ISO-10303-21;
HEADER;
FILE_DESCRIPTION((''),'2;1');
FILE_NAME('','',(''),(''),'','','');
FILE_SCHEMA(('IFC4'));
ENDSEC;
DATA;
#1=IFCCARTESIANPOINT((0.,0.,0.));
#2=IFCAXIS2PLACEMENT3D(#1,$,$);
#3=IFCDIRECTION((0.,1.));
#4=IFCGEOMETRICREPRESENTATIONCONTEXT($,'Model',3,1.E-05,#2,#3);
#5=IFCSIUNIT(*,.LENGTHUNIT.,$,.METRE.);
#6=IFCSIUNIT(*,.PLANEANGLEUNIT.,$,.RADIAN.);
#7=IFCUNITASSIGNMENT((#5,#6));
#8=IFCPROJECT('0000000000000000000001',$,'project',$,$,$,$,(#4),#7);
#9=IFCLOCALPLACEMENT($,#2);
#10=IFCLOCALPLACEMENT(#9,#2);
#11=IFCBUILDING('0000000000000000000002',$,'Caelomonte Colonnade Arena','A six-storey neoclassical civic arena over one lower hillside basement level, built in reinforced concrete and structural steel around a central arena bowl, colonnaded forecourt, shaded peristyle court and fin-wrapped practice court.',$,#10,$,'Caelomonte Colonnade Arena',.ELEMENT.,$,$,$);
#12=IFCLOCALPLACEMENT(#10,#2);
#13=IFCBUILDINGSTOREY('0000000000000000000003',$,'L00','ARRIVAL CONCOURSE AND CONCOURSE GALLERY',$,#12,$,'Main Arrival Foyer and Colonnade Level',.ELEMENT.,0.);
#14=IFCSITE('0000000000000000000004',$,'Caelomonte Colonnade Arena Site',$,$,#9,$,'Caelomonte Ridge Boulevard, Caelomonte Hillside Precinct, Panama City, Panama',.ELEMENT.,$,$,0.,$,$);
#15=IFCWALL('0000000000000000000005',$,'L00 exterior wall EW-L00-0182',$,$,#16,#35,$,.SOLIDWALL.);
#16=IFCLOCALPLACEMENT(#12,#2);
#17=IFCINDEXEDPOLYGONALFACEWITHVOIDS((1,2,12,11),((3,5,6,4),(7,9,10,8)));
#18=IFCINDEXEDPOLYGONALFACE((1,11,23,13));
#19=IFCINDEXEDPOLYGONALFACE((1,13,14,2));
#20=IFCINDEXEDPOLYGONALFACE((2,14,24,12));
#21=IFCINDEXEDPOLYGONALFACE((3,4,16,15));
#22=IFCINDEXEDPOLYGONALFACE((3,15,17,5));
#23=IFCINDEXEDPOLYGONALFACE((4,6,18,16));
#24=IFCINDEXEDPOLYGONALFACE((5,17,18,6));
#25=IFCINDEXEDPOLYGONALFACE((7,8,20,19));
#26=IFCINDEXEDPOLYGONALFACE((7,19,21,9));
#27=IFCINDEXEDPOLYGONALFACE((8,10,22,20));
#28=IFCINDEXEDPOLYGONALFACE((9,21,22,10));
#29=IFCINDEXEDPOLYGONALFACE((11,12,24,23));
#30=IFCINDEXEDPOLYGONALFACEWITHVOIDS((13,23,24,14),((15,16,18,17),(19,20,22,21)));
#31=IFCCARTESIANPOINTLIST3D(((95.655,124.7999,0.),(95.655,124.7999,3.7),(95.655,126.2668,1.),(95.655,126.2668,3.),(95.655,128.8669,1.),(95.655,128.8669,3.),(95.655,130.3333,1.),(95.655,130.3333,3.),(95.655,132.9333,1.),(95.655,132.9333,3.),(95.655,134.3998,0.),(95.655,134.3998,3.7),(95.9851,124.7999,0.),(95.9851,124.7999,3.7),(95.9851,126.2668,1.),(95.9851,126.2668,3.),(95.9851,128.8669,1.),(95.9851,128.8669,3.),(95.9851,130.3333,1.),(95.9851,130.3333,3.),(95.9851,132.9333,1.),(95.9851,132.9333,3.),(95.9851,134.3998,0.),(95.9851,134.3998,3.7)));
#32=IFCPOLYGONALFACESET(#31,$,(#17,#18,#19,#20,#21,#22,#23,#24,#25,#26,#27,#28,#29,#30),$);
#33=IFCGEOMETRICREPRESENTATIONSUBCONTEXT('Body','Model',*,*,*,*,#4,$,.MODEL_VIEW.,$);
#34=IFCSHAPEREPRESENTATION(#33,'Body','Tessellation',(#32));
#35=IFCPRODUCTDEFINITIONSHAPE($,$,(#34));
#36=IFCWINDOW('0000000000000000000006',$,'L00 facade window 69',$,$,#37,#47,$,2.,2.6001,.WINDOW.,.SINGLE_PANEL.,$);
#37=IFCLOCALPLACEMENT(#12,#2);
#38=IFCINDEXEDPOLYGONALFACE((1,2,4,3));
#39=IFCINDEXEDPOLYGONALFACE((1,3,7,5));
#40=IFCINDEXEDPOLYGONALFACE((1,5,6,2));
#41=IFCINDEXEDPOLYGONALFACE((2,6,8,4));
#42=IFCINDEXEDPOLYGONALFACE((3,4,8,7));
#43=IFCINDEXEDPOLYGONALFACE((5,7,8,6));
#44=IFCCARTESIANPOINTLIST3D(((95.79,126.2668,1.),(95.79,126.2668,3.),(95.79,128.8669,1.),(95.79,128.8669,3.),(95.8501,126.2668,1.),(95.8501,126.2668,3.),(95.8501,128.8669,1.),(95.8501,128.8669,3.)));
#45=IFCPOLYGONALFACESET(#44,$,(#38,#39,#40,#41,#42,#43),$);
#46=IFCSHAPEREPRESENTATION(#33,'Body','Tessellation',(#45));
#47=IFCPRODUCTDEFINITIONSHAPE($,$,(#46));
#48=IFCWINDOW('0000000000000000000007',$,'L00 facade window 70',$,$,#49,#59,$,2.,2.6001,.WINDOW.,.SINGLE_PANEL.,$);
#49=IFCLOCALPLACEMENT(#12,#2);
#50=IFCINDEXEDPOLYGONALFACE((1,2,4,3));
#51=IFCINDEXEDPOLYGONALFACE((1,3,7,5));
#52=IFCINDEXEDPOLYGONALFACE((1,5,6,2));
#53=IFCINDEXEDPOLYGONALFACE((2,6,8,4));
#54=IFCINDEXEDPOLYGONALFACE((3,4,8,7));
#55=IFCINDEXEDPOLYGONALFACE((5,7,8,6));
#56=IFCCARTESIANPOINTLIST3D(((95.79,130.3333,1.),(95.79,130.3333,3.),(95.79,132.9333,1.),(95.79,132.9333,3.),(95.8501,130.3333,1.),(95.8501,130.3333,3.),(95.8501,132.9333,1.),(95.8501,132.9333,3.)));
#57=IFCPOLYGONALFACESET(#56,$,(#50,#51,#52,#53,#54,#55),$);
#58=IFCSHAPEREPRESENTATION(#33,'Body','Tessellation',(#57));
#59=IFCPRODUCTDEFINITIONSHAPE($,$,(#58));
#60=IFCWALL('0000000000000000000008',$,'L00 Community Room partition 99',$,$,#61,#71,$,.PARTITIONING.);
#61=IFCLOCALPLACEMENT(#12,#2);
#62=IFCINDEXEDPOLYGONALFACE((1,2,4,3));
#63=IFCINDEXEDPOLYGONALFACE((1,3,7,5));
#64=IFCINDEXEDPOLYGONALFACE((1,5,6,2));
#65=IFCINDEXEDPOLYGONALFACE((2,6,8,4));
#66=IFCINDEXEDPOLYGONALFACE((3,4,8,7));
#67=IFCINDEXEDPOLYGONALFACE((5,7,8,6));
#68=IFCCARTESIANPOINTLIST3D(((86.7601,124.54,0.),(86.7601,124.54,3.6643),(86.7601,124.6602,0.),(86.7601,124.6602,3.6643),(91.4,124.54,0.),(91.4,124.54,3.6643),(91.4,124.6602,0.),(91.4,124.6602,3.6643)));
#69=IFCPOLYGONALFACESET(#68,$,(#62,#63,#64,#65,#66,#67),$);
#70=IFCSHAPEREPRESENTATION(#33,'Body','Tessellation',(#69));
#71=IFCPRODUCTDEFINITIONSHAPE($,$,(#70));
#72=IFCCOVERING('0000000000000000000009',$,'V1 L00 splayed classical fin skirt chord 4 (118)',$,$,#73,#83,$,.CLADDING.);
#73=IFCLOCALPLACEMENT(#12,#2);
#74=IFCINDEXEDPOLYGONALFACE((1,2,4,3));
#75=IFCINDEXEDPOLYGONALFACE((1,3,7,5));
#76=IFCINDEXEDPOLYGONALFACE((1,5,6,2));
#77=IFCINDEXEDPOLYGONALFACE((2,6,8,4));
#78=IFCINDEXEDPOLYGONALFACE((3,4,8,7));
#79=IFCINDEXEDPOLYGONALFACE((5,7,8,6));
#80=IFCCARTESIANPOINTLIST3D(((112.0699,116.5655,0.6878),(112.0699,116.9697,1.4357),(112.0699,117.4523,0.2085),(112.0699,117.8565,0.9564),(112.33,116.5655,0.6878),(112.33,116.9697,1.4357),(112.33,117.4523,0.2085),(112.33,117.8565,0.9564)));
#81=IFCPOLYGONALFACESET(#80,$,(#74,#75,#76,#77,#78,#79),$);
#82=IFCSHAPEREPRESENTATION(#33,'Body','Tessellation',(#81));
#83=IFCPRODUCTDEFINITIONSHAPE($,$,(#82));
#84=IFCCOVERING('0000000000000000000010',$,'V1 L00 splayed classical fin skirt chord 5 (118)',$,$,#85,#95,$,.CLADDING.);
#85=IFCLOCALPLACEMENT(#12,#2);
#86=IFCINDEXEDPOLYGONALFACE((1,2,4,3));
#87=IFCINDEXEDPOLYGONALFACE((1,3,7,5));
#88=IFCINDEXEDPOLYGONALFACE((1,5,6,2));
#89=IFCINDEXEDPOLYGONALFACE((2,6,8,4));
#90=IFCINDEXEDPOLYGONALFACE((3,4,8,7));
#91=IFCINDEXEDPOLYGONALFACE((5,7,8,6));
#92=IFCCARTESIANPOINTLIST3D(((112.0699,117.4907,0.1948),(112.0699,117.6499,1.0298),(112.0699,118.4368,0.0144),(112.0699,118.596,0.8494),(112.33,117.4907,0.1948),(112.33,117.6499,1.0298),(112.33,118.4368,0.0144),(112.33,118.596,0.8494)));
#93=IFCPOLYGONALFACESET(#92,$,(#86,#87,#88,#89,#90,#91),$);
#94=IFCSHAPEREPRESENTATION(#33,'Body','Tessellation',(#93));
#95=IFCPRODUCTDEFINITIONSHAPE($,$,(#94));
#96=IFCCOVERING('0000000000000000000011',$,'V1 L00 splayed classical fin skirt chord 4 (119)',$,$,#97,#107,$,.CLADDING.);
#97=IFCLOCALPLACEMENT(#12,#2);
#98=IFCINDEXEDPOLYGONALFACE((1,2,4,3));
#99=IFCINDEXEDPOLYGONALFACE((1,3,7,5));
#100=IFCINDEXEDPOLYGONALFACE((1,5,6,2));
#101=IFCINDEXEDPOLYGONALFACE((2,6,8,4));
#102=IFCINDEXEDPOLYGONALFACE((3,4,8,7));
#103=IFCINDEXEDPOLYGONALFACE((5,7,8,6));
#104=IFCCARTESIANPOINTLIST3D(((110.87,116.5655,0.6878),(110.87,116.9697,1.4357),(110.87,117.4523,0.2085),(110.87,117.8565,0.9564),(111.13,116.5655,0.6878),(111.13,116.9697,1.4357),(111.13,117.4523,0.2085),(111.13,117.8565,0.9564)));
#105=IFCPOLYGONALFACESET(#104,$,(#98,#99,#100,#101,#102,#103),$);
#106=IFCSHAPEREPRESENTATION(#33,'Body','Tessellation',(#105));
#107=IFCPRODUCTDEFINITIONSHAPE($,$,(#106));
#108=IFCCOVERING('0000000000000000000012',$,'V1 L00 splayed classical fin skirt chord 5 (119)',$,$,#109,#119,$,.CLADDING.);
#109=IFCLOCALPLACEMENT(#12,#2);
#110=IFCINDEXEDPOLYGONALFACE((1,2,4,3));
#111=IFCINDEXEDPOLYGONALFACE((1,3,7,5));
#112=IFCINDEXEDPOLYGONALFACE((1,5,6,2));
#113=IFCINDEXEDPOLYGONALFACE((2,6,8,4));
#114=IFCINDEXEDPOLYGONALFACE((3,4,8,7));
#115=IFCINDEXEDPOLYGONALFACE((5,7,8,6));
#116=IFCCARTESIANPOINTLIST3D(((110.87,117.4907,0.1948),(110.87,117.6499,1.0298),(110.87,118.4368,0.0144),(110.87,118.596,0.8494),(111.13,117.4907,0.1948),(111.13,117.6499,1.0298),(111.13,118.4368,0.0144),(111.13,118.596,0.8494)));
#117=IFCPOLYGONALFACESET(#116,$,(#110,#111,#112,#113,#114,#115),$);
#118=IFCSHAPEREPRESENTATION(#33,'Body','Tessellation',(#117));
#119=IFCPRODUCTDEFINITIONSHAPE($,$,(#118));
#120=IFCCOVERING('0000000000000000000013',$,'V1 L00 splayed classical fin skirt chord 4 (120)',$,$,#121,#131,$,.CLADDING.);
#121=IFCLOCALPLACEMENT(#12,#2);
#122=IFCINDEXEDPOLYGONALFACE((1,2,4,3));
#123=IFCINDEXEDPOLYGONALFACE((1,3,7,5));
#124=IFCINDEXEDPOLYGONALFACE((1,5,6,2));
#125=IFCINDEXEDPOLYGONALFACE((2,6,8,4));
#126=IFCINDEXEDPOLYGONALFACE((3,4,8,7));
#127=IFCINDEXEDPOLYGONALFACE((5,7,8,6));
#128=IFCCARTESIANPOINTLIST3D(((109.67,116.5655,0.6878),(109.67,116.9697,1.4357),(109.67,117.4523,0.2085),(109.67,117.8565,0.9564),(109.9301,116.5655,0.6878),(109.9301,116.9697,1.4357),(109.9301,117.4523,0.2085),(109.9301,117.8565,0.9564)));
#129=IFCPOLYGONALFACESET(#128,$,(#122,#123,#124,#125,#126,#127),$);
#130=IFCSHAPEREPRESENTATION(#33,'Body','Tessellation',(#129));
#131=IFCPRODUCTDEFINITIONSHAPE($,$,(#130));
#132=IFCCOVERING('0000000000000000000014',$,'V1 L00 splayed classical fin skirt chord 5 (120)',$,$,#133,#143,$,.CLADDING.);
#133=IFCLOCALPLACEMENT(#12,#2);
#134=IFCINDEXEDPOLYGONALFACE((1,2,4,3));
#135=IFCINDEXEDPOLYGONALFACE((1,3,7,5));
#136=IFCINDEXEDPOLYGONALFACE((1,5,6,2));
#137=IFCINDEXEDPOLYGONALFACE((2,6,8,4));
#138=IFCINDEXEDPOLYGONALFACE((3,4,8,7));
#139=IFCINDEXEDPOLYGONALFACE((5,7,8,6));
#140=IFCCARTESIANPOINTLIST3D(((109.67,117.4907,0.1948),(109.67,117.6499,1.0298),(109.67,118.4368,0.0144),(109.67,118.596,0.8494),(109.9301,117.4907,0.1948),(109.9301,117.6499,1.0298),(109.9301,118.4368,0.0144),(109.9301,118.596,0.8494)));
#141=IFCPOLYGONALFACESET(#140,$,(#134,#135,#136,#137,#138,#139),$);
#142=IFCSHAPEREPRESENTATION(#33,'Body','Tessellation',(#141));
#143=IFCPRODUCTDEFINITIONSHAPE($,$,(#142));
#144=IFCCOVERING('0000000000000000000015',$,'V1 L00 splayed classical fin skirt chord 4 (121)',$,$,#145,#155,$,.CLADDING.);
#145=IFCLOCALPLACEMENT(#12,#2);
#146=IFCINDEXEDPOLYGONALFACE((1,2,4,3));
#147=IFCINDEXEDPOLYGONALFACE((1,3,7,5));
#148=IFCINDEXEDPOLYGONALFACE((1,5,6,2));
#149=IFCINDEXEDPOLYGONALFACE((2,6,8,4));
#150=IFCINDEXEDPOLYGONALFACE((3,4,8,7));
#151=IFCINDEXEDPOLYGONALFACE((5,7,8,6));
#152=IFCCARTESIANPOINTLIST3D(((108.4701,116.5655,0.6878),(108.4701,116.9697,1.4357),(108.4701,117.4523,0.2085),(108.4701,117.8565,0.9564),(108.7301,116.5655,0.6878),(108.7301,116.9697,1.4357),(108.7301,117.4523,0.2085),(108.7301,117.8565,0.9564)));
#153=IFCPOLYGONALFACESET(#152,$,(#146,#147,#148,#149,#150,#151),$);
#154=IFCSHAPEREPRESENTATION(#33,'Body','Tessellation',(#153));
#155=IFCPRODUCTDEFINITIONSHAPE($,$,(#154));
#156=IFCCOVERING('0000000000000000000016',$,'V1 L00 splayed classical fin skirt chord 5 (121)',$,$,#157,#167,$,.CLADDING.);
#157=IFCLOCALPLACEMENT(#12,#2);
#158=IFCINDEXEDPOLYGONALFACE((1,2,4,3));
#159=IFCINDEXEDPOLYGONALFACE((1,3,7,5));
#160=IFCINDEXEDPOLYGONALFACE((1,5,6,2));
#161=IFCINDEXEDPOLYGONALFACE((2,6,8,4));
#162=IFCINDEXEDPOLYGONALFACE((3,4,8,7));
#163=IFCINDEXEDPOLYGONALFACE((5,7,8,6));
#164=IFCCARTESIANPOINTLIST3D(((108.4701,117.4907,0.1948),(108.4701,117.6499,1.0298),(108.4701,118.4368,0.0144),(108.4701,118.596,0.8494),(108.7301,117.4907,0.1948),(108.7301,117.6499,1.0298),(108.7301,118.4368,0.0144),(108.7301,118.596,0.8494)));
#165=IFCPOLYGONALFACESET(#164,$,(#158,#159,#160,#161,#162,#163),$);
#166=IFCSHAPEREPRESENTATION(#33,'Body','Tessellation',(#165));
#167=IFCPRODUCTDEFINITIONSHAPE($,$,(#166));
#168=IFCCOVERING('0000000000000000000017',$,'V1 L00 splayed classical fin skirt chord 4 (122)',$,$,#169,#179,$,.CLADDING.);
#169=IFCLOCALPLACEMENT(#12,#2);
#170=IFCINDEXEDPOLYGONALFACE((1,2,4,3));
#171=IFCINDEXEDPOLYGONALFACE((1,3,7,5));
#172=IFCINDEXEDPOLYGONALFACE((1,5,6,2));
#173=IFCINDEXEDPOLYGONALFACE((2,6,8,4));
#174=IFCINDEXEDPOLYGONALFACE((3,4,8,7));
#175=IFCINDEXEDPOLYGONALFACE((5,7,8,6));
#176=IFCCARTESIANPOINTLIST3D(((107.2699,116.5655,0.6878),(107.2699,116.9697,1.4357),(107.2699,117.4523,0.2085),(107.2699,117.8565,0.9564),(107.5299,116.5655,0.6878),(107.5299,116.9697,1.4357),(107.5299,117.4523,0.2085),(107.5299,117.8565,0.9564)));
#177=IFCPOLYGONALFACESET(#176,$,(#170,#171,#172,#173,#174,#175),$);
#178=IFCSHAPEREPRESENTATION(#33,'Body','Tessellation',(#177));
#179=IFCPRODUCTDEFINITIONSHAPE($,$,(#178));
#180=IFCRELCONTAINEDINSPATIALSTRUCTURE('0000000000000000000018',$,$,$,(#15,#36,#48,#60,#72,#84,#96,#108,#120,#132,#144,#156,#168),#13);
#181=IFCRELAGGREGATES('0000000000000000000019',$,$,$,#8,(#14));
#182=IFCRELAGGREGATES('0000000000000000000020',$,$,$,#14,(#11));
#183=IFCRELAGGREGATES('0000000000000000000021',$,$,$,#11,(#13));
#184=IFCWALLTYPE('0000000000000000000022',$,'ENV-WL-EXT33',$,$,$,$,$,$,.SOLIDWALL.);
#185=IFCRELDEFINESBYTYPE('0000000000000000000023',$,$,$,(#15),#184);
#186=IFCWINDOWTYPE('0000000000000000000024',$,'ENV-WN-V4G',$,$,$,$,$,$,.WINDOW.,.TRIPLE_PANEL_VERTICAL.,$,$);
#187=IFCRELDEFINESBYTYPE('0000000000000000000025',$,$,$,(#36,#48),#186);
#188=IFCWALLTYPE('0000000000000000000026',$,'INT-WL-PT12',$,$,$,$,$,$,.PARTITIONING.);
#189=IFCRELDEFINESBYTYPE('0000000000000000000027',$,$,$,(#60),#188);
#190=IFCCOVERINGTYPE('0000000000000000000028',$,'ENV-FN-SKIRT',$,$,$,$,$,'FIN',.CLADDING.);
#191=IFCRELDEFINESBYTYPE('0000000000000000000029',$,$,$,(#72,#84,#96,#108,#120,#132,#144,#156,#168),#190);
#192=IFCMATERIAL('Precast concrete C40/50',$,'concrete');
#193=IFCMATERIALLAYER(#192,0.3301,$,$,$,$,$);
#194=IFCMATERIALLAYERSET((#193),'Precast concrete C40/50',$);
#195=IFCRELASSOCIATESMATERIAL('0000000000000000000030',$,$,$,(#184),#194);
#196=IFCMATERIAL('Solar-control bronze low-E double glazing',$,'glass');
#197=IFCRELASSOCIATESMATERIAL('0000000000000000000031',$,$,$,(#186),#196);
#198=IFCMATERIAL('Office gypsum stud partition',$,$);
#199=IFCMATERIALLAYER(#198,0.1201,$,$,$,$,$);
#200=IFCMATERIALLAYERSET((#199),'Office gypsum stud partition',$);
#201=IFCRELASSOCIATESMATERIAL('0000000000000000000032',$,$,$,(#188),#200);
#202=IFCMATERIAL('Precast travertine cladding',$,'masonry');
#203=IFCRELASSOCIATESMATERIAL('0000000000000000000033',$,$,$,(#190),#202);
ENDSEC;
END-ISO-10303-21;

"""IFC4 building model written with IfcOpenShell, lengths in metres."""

from ifc_helpers import new_model, si_unit, direction, frame, frame_2d, origin, origin_2d, place, context, subcontext, project, spatial, rectangle, extrude, material, layer, layer_set, material_profile, profile_set, type_object, element, fill, save


model = new_model("IFC4")

# Units and contexts
model_context = context("Model", 3, precision=1e-05, world=origin(), true_north=direction((0.0, 1.0)))
body_context = subcontext(model_context, "Body", "Model", "MODEL_VIEW")
ifc_project = project(units=[si_unit("LENGTHUNIT", "METRE"), si_unit("PLANEANGLEUNIT", "RADIAN")], contexts=[model_context])

# Site, building, storey
site_placement = place(None, origin())
site = spatial("IfcSite", under=ifc_project, at=site_placement, Name="Caelomonte Colonnade Arena Site", LongName="Caelomonte Ridge Boulevard, Caelomonte Hillside Precinct, Panama City, Panama", CompositionType="ELEMENT", RefElevation=0.0)
building_placement = place(site_placement, origin())
building = spatial("IfcBuilding", under=site, at=building_placement, Name="Caelomonte Colonnade Arena", Description="A six-storey neoclassical civic arena over one lower hillside basement level, built in reinforced concrete and structural steel around a central arena bowl, colonnaded forecourt, shaded peristyle court and fin-wrapped practice court.", LongName="Caelomonte Colonnade Arena", CompositionType="ELEMENT")
storey_placement = place(building_placement, origin())
storey = spatial("IfcBuildingStorey", under=building, at=storey_placement, Name="L00", Description="ARRIVAL CONCOURSE AND CONCOURSE GALLERY", LongName="Main Arrival Foyer and Colonnade Level", CompositionType="ELEMENT", Elevation=0.0)

# Wall, openings, windows
ifc_material_1 = material(Name="Precast concrete C40/50", Category="concrete")
ifc_layer_1 = layer(ifc_material_1, 0.3301)
ifc_layer_set_1 = layer_set([ifc_layer_1], Name="Precast concrete C40/50")
wall_type_1 = type_object("IfcWallType", Name="ENV-WL-EXT33", PredefinedType="SOLIDWALL", material=ifc_layer_set_1)
wall_1_placement = place(storey_placement, frame((95.8201, 124.8, 0.0), z_axis=(0.0, 0.0, 1.0), x_axis=(0.0, 1.0, 0.0)))
wall_1 = element("IfcWall", 1, at=wall_1_placement, inside=storey, type_object=wall_type_1, Name="L00 exterior wall EW-L00-0182", PredefinedType="SOLIDWALL", context=body_context, shape_type="SweptSolid", body=[
    extrude(rectangle(XDim=9.5999, YDim=0.3301, at=frame_2d((4.7998, 0.0))), origin(), (0.0, 0.0, 1.0), 3.7),
])
opening_1_placement = place(wall_1_placement, frame((4.0669, 0.0, 1.0), z_axis=(0.0, 0.0, 1.0), x_axis=(-1.0, 0.0, 0.0)))
opening_1 = element("IfcOpeningElement", 2, at=opening_1_placement, cuts=wall_1, PredefinedType="OPENING", context=body_context, shape_type="SweptSolid", body=[
    extrude(rectangle(XDim=2.6001, YDim=2.0, at=frame_2d((1.3, 1.0))), frame((0.0, 0.175, 0.0), z_axis=(0.0, -1.0, 0.0), x_axis=(1.0, 0.0, 0.0)), (0.0, 0.0, 1.0), 0.3501),
])
opening_2_placement = place(wall_1_placement, frame((8.1333, 0.0, 1.0), z_axis=(0.0, 0.0, 1.0), x_axis=(-1.0, 0.0, 0.0)))
opening_2 = element("IfcOpeningElement", 3, at=opening_2_placement, cuts=wall_1, PredefinedType="OPENING", context=body_context, shape_type="SweptSolid", body=[
    extrude(rectangle(XDim=2.6001, YDim=2.0, at=frame_2d((1.3, 1.0))), frame((0.0, 0.175, 0.0), z_axis=(0.0, -1.0, 0.0), x_axis=(1.0, 0.0, 0.0)), (0.0, 0.0, 1.0), 0.3501),
])
ifc_material_2 = material(Name="Solar-control bronze low-E double glazing", Category="glass")
window_type = type_object("IfcWindowType", Name="ENV-WN-V4G", PartitioningType="TRIPLE_PANEL_VERTICAL", PredefinedType="WINDOW", material=ifc_material_2)
window_1_placement = place(opening_1_placement, origin())
window_1 = element("IfcWindow", 4, at=window_1_placement, inside=storey, type_object=window_type, Name="L00 facade window 69", OverallHeight=2.0, OverallWidth=2.6001, PartitioningType="SINGLE_PANEL", PredefinedType="WINDOW", context=body_context, shape_type="SweptSolid", body=[
    extrude(rectangle(XDim=2.6001, YDim=2.0, at=frame_2d((1.3, 1.0))), frame((0.0, 0.03, 0.0), z_axis=(0.0, -1.0, 0.0), x_axis=(1.0, 0.0, 0.0)), (0.0, 0.0, 1.0), 0.0601),
])
fill(opening_1, window_1)
window_2_placement = place(opening_2_placement, origin())
window_2 = element("IfcWindow", 5, at=window_2_placement, inside=storey, type_object=window_type, Name="L00 facade window 70", OverallHeight=2.0, OverallWidth=2.6001, PartitioningType="SINGLE_PANEL", PredefinedType="WINDOW", context=body_context, shape_type="SweptSolid", body=[
    extrude(rectangle(XDim=2.6001, YDim=2.0, at=frame_2d((1.3, 1.0))), frame((0.0, 0.03, 0.0), z_axis=(0.0, -1.0, 0.0), x_axis=(1.0, 0.0, 0.0)), (0.0, 0.0, 1.0), 0.0601),
])
fill(opening_2, window_2)

# Wall
ifc_material_3 = material(Name="Office gypsum stud partition")
ifc_layer_2 = layer(ifc_material_3, 0.1201)
ifc_layer_set_2 = layer_set([ifc_layer_2], Name="Office gypsum stud partition")
wall_type_2 = type_object("IfcWallType", Name="INT-WL-PT12", PredefinedType="PARTITIONING", material=ifc_layer_set_2)
wall_2_placement = place(storey_placement, frame((91.3999, 124.6001, 0.0), z_axis=(0.0, 0.0, 1.0), x_axis=(-1.0, 0.0, 0.0)))
element("IfcWall", 6, at=wall_2_placement, inside=storey, type_object=wall_type_2, Name="L00 Community Room partition 99", PredefinedType="PARTITIONING", context=body_context, shape_type="SweptSolid", body=[
    extrude(rectangle(XDim=4.6399, YDim=0.1201, at=frame_2d((2.3198, 0.0))), origin(), (0.0, 0.0, 1.0), 3.6643),
])

# Coverings
ifc_material_4 = material(Name="Precast travertine cladding", Category="masonry")
ifc_material_profile_1 = material_profile(ifc_material_4, rectangle(XDim=0.26, YDim=0.8501, at=origin_2d()), Name="FIN260X850")
ifc_profile_set_1 = profile_set([ifc_material_profile_1], Name="Precast travertine cladding")
covering_type = type_object("IfcCoveringType", Name="ENV-FN-SKIRT", ElementType="FIN", PredefinedType="CLADDING", material=ifc_profile_set_1)
covering_1_placement = place(storey_placement, frame((112.2, 116.7676, 1.0618), z_axis=(0.0, 0.879731, -0.475471), x_axis=(-1.0, 0.0, 0.0)))
element("IfcCovering", 7, at=covering_1_placement, inside=storey, type_object=covering_type, Name="V1 L00 splayed classical fin skirt chord 4 (118)", PredefinedType="CLADDING", context=body_context, shape_type="SweptSolid", body=[
    extrude(rectangle(XDim=0.26, YDim=0.8501, at=origin_2d()), origin(), (0.0, 0.0, 1.0), 1.0081),
])
covering_2_placement = place(storey_placement, frame((112.2, 117.5703, 0.6123), z_axis=(0.0, 0.982296, -0.187333), x_axis=(-1.0, 0.0, 0.0)))
element("IfcCovering", 8, at=covering_2_placement, inside=storey, type_object=covering_type, Name="V1 L00 splayed classical fin skirt chord 5 (118)", PredefinedType="CLADDING", context=body_context, shape_type="SweptSolid", body=[
    extrude(rectangle(XDim=0.26, YDim=0.8501, at=origin_2d()), origin(), (0.0, 0.0, 1.0), 0.9631),
])
covering_3_placement = place(storey_placement, frame((111.0, 116.7676, 1.0618), z_axis=(0.0, 0.879731, -0.475471), x_axis=(-1.0, 0.0, 0.0)))
element("IfcCovering", 9, at=covering_3_placement, inside=storey, type_object=covering_type, Name="V1 L00 splayed classical fin skirt chord 4 (119)", PredefinedType="CLADDING", context=body_context, shape_type="SweptSolid", body=[
    extrude(rectangle(XDim=0.26, YDim=0.8501, at=origin_2d()), origin(), (0.0, 0.0, 1.0), 1.0081),
])
covering_4_placement = place(storey_placement, frame((111.0, 117.5703, 0.6123), z_axis=(0.0, 0.982296, -0.187333), x_axis=(-1.0, 0.0, 0.0)))
element("IfcCovering", 10, at=covering_4_placement, inside=storey, type_object=covering_type, Name="V1 L00 splayed classical fin skirt chord 5 (119)", PredefinedType="CLADDING", context=body_context, shape_type="SweptSolid", body=[
    extrude(rectangle(XDim=0.26, YDim=0.8501, at=origin_2d()), origin(), (0.0, 0.0, 1.0), 0.9631),
])
covering_5_placement = place(storey_placement, frame((109.8, 116.7676, 1.0618), z_axis=(0.0, 0.879731, -0.475471), x_axis=(-1.0, 0.0, 0.0)))
element("IfcCovering", 11, at=covering_5_placement, inside=storey, type_object=covering_type, Name="V1 L00 splayed classical fin skirt chord 4 (120)", PredefinedType="CLADDING", context=body_context, shape_type="SweptSolid", body=[
    extrude(rectangle(XDim=0.26, YDim=0.8501, at=origin_2d()), origin(), (0.0, 0.0, 1.0), 1.0081),
])
covering_6_placement = place(storey_placement, frame((109.8, 117.5703, 0.6123), z_axis=(0.0, 0.982296, -0.187333), x_axis=(-1.0, 0.0, 0.0)))
element("IfcCovering", 12, at=covering_6_placement, inside=storey, type_object=covering_type, Name="V1 L00 splayed classical fin skirt chord 5 (120)", PredefinedType="CLADDING", context=body_context, shape_type="SweptSolid", body=[
    extrude(rectangle(XDim=0.26, YDim=0.8501, at=origin_2d()), origin(), (0.0, 0.0, 1.0), 0.9631),
])
covering_7_placement = place(storey_placement, frame((108.6001, 116.7676, 1.0618), z_axis=(0.0, 0.879731, -0.475471), x_axis=(-1.0, 0.0, 0.0)))
element("IfcCovering", 13, at=covering_7_placement, inside=storey, type_object=covering_type, Name="V1 L00 splayed classical fin skirt chord 4 (121)", PredefinedType="CLADDING", context=body_context, shape_type="SweptSolid", body=[
    extrude(rectangle(XDim=0.26, YDim=0.8501, at=origin_2d()), origin(), (0.0, 0.0, 1.0), 1.0081),
])
covering_8_placement = place(storey_placement, frame((108.6001, 117.5703, 0.6123), z_axis=(0.0, 0.982296, -0.187333), x_axis=(-1.0, 0.0, 0.0)))
element("IfcCovering", 14, at=covering_8_placement, inside=storey, type_object=covering_type, Name="V1 L00 splayed classical fin skirt chord 5 (121)", PredefinedType="CLADDING", context=body_context, shape_type="SweptSolid", body=[
    extrude(rectangle(XDim=0.26, YDim=0.8501, at=origin_2d()), origin(), (0.0, 0.0, 1.0), 0.9631),
])
covering_9_placement = place(storey_placement, frame((107.3999, 116.7676, 1.0618), z_axis=(0.0, 0.879731, -0.475471), x_axis=(-1.0, 0.0, 0.0)))
element("IfcCovering", 15, at=covering_9_placement, inside=storey, type_object=covering_type, Name="V1 L00 splayed classical fin skirt chord 4 (122)", PredefinedType="CLADDING", context=body_context, shape_type="SweptSolid", body=[
    extrude(rectangle(XDim=0.26, YDim=0.8501, at=origin_2d()), origin(), (0.0, 0.0, 1.0), 1.0081),
])

save(model, "model.ifc")
